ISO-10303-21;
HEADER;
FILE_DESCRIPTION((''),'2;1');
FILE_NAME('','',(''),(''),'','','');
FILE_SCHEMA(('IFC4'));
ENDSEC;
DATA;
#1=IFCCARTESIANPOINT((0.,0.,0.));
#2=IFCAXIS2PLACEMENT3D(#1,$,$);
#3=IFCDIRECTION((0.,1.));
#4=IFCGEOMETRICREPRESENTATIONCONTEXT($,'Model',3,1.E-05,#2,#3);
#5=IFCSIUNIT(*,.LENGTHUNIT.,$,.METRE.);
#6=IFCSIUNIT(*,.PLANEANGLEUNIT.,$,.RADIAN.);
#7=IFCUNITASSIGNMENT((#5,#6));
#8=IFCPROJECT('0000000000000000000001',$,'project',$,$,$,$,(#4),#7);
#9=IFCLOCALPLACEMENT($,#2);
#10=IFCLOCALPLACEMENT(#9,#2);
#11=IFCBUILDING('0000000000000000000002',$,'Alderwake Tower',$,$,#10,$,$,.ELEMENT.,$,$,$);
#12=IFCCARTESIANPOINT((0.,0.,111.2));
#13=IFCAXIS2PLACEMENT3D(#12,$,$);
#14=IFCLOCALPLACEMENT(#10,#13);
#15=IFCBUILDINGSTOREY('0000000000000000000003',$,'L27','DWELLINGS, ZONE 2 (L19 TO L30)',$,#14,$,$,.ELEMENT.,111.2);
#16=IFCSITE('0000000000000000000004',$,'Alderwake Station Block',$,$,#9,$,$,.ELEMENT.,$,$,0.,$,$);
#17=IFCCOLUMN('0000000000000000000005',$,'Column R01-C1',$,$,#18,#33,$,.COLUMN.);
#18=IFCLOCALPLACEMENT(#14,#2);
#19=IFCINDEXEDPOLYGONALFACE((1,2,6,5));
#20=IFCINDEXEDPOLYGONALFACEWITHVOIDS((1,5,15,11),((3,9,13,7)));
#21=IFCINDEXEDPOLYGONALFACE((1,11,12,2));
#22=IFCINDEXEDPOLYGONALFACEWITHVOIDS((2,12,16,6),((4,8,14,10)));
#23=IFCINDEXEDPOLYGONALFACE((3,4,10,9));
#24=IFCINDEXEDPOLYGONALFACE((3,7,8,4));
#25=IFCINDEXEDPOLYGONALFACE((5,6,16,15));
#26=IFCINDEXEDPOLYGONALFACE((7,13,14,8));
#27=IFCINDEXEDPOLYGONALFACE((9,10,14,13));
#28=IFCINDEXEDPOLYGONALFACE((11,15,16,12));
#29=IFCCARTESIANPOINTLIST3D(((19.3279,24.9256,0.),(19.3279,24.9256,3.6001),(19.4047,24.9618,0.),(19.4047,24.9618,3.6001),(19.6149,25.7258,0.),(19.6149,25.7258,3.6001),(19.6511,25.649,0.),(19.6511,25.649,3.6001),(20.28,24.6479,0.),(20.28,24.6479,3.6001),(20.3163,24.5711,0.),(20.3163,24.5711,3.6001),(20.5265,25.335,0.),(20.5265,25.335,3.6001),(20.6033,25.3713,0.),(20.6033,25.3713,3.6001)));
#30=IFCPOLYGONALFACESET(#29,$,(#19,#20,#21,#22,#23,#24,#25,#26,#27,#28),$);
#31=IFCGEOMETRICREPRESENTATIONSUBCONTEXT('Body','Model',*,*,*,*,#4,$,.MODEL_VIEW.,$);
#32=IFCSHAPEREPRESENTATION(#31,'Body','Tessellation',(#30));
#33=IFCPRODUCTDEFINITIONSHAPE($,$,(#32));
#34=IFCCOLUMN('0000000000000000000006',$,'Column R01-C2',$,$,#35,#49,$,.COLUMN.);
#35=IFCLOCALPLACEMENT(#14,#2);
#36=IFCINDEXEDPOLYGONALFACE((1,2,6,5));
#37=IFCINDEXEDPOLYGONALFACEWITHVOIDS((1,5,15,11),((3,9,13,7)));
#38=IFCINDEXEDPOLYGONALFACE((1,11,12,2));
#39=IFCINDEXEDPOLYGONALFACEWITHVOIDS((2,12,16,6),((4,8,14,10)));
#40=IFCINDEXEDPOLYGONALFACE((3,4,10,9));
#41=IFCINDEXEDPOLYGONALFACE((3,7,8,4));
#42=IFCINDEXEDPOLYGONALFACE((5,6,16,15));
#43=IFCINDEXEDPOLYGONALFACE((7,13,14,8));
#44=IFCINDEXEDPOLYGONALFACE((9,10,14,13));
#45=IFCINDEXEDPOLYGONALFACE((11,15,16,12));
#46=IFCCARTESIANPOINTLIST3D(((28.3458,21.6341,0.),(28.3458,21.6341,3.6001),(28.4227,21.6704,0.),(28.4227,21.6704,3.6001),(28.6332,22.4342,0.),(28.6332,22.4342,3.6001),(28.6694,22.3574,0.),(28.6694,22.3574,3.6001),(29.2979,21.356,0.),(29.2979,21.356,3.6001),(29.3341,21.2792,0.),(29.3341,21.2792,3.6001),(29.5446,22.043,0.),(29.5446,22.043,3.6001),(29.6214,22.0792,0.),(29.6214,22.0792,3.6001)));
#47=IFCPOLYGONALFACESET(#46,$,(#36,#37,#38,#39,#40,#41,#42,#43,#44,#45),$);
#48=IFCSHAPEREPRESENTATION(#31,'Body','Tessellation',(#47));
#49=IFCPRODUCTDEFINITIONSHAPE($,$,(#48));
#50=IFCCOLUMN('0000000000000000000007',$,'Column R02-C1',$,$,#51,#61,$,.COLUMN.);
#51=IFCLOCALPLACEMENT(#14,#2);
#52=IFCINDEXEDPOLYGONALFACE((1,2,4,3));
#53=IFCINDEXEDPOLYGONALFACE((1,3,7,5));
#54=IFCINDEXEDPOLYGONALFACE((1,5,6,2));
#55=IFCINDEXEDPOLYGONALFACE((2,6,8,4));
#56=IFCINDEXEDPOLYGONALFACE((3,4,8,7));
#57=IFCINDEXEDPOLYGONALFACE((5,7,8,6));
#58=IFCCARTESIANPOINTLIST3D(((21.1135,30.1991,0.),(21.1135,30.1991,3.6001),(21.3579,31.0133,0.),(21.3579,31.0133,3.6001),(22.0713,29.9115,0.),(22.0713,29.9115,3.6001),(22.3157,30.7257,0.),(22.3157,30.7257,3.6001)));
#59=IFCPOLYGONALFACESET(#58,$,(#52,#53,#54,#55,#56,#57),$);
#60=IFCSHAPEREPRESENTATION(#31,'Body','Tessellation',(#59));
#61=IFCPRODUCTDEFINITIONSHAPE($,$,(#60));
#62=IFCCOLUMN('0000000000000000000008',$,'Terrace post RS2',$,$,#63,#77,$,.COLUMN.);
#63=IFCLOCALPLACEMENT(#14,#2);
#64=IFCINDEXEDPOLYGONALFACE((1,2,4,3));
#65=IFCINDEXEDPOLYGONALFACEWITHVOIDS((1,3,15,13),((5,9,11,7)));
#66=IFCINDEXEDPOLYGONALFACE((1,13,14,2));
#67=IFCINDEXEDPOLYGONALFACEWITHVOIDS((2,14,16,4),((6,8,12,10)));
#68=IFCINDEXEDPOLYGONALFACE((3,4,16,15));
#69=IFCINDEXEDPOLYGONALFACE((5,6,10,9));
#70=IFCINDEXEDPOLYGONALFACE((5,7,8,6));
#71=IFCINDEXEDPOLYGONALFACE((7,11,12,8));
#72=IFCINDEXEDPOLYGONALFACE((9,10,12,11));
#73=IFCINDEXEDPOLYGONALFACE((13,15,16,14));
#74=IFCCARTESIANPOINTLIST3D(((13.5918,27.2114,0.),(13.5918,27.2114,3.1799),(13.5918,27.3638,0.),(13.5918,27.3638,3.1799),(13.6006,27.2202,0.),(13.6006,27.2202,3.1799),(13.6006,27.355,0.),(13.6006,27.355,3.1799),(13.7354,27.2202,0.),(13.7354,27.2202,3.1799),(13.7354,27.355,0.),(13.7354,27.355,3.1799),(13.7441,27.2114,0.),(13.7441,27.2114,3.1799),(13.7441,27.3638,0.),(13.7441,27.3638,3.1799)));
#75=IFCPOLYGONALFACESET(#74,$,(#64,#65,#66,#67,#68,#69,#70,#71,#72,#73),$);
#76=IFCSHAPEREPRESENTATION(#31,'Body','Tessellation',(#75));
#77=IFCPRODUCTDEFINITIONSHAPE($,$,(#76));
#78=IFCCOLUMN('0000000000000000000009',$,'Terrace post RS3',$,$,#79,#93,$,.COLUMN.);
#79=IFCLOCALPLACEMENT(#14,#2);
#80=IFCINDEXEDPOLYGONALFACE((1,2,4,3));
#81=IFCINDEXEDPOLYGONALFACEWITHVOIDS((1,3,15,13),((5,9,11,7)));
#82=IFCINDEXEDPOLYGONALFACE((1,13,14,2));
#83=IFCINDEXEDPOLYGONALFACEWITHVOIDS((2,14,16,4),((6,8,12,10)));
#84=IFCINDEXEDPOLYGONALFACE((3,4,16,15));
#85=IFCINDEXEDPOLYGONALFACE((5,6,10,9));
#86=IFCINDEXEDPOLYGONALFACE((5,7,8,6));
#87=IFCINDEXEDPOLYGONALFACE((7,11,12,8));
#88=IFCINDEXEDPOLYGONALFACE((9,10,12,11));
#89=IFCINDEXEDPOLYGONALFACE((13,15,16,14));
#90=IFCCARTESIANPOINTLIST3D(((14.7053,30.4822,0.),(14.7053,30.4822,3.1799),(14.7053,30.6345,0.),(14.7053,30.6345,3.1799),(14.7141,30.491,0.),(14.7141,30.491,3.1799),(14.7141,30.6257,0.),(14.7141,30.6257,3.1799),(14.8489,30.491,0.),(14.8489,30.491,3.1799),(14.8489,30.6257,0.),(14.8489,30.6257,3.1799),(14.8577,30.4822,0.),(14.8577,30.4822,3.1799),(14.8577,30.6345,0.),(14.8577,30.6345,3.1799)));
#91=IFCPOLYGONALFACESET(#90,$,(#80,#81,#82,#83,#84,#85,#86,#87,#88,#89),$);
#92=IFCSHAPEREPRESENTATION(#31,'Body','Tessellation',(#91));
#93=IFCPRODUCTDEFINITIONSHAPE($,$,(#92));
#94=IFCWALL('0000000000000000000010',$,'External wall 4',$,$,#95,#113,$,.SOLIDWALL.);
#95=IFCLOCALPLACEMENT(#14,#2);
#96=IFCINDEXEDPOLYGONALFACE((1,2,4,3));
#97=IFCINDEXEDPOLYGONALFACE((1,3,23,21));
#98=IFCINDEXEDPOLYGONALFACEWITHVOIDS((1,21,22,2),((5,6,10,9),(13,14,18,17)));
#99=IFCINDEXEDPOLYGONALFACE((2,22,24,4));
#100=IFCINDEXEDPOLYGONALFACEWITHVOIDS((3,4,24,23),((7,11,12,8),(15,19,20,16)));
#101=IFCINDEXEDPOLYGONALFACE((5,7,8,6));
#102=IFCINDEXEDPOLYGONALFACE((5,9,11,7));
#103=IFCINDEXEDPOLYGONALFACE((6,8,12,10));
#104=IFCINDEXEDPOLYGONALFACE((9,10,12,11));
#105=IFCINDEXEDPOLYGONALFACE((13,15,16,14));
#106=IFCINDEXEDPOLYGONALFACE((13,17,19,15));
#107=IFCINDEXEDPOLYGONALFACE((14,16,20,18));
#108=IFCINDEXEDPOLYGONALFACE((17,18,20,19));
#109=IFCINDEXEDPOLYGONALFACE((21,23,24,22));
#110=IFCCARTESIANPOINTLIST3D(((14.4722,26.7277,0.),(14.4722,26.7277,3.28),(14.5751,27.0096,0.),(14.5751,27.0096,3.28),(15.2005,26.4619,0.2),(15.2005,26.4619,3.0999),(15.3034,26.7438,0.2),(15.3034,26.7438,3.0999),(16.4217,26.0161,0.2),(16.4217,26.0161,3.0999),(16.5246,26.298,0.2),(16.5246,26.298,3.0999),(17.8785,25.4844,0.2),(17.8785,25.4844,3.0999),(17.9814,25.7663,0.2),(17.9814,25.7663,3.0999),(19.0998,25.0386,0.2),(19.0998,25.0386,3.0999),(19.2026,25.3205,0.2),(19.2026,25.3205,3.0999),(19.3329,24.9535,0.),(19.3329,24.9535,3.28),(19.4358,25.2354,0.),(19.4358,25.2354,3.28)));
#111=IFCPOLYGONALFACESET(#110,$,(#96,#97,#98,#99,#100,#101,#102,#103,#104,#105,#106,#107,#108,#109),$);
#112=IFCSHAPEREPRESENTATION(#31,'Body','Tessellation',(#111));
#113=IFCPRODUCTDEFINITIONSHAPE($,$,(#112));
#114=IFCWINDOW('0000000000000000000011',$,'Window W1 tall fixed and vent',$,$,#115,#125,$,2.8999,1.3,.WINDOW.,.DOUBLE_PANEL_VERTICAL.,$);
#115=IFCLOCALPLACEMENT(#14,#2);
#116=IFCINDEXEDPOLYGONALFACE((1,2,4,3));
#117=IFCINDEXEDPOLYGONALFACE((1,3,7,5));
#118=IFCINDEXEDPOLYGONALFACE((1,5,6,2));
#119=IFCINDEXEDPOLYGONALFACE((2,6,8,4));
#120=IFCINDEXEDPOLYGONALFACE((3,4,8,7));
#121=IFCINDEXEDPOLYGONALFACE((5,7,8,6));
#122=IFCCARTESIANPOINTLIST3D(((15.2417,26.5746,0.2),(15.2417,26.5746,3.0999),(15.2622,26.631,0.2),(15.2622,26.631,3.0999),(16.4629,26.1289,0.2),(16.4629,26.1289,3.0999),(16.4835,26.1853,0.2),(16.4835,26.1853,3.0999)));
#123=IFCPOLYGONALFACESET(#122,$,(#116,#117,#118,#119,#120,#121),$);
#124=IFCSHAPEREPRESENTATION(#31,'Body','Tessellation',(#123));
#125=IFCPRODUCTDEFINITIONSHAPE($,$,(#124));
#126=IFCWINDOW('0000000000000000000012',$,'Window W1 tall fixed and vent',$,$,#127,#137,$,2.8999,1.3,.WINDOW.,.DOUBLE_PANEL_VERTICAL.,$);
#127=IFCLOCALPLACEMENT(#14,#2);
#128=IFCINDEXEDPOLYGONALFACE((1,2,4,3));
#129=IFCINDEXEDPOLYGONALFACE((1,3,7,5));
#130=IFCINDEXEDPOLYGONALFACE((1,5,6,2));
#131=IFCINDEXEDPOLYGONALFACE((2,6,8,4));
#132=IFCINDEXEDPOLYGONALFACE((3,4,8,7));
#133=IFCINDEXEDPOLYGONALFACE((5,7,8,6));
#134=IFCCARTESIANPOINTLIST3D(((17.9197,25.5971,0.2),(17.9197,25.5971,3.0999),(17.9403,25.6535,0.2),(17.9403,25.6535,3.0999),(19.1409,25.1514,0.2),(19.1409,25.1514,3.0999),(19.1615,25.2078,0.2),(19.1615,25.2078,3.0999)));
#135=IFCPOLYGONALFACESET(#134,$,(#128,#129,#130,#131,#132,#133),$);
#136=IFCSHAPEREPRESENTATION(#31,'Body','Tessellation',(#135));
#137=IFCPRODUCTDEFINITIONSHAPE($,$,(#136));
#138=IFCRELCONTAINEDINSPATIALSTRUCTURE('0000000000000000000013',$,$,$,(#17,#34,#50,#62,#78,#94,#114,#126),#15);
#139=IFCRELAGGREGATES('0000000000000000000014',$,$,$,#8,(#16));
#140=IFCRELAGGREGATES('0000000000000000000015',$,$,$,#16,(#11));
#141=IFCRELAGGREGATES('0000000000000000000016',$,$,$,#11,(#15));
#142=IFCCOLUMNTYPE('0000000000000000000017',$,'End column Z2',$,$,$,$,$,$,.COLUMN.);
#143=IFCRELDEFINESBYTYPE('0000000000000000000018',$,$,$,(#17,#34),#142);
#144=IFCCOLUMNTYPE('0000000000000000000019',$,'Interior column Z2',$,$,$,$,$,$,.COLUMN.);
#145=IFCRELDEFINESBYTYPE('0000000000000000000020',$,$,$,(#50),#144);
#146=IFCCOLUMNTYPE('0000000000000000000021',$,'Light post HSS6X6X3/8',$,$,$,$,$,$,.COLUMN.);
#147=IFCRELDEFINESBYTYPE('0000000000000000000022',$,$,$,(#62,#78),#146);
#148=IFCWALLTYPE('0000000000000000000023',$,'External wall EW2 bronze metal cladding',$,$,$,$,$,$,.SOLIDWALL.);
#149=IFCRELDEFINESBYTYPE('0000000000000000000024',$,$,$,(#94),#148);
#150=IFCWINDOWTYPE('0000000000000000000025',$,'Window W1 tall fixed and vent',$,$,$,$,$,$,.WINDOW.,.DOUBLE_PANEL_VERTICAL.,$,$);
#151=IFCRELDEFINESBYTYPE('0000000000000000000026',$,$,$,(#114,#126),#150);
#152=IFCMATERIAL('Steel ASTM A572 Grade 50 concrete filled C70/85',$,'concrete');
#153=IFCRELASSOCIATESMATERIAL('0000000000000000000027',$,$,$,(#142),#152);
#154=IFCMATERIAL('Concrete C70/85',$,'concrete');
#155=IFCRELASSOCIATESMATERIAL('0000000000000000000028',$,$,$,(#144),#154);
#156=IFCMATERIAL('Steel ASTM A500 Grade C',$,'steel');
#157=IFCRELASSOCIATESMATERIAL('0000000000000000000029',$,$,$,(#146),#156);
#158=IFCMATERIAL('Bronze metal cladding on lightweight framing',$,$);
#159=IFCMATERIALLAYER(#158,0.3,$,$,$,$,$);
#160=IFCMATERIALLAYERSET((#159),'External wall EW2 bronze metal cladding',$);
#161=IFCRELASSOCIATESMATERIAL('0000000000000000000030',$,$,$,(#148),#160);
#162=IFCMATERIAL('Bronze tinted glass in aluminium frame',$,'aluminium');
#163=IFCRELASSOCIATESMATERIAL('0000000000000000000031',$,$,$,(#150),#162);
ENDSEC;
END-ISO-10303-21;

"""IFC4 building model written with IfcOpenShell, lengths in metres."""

from ifc_helpers import new_model, si_unit, direction, frame, frame_2d, origin, origin_2d, place, context, subcontext, project, spatial, rectangle, hollow_rectangle, extrude, material, layer, layer_set, material_profile, profile_set, type_object, element, fill, save


model = new_model("IFC4")

# Units and contexts
model_context = context("Model", 3, precision=1e-05, world=origin(), true_north=direction((0.0, 1.0)))
body_context = subcontext(model_context, "Body", "Model", "MODEL_VIEW")
ifc_project = project(units=[si_unit("LENGTHUNIT", "METRE"), si_unit("PLANEANGLEUNIT", "RADIAN")], contexts=[model_context])

# Site, building, storey
site_placement = place(None, origin())
site = spatial("IfcSite", under=ifc_project, at=site_placement, Name="Alderwake Station Block", CompositionType="ELEMENT", RefElevation=0.0)
building_placement = place(site_placement, origin())
building = spatial("IfcBuilding", under=site, at=building_placement, Name="Alderwake Tower", CompositionType="ELEMENT")
storey_placement = place(building_placement, frame((0.0, 0.0, 111.2)))
storey = spatial("IfcBuildingStorey", under=building, at=storey_placement, Name="L27", Description="DWELLINGS, ZONE 2 (L19 TO L30)", CompositionType="ELEMENT", Elevation=111.2)

# Columns
ifc_material_1 = material(Name="Steel ASTM A572 Grade 50 concrete filled C70/85", Category="concrete")
ifc_material_profile_1 = material_profile(ifc_material_1, hollow_rectangle(XDim=0.8501, YDim=1.05, WallThickness=0.0601, at=origin_2d()), Name="BOX 1050X850X60")
ifc_profile_set_1 = profile_set([ifc_material_profile_1], Name="Steel ASTM A572 Grade 50 concrete filled C70/85")
column_type_1 = type_object("IfcColumnType", Name="End column Z2", PredefinedType="COLUMN", material=ifc_profile_set_1)
for number, where, z_axis, x_axis, name in (
    (1, (19.9656, 25.1484, 0.0), (0.0, 0.0, 1.0), (0.337585, 0.941295, 0.0), "Column R01-C1"),
    (2, (28.9836, 21.8567, 0.0), (0.0, 0.0, 1.0), (0.338027, 0.941136, 0.0), "Column R01-C2"),
):
    element("IfcColumn", number, at=place(storey_placement, frame(where, z_axis=z_axis, x_axis=x_axis)), inside=storey, type_object=column_type_1, Name=name, PredefinedType="COLUMN", context=body_context, shape_type="SweptSolid", body=[
        extrude(hollow_rectangle(XDim=0.8501, YDim=1.05, WallThickness=0.0601, at=origin_2d()), origin(), (0.0, 0.0, 1.0), 3.6001),
    ])
ifc_material_2 = material(Name="Concrete C70/85", Category="concrete")
ifc_material_profile_2 = material_profile(ifc_material_2, rectangle(XDim=0.8501, YDim=1.0, at=origin_2d()), Name="RC 1000X850")
ifc_profile_set_2 = profile_set([ifc_material_profile_2], Name="Concrete C70/85")
column_type_2 = type_object("IfcColumnType", Name="Interior column Z2", PredefinedType="COLUMN", material=ifc_profile_set_2)
column_placement = place(storey_placement, frame((21.7146, 30.4624, 0.0), z_axis=(0.0, 0.0, 1.0), x_axis=(0.287549, 0.957766, 0.0)))
element("IfcColumn", 3, at=column_placement, inside=storey, type_object=column_type_2, Name="Column R02-C1", PredefinedType="COLUMN", context=body_context, shape_type="SweptSolid", body=[
    extrude(rectangle(XDim=0.8501, YDim=1.0, at=origin_2d()), origin(), (0.0, 0.0, 1.0), 3.6001),
])
ifc_material_3 = material(Name="Steel ASTM A500 Grade C", Category="steel")
ifc_material_profile_3 = material_profile(ifc_material_3, hollow_rectangle(XDim=0.1523, YDim=0.1523, WallThickness=0.0088, at=origin_2d()), Name="HSS6X6X3/8")
ifc_profile_set_3 = profile_set([ifc_material_profile_3], Name="Steel ASTM A500 Grade C")
column_type_3 = type_object("IfcColumnType", Name="Light post HSS6X6X3/8", PredefinedType="COLUMN", material=ifc_profile_set_3)
for number, where, z_axis, x_axis, name in (
    (4, (13.668, 27.2876, 0.0), (0.0, 0.0, 1.0), (1.0, 0.0, 0.0), "Terrace post RS2"),
    (5, (14.7815, 30.5583, 0.0), (0.0, 0.0, 1.0), (1.0, 0.0, 0.0), "Terrace post RS3"),
):
    element("IfcColumn", number, at=place(storey_placement, frame(where, z_axis=z_axis, x_axis=x_axis)), inside=storey, type_object=column_type_3, Name=name, PredefinedType="COLUMN", context=body_context, shape_type="SweptSolid", body=[
        extrude(hollow_rectangle(XDim=0.1523, YDim=0.1523, WallThickness=0.0088, at=origin_2d()), origin(), (0.0, 0.0, 1.0), 3.1799),
    ])

# Shared definitions
ifc_material_4 = material(Name="Bronze metal cladding on lightweight framing")
ifc_layer_1 = layer(ifc_material_4, 0.3)
ifc_layer_set_1 = layer_set([ifc_layer_1], Name="External wall EW2 bronze metal cladding")
wall_type_1 = type_object("IfcWallType", Name="External wall EW2 bronze metal cladding", PredefinedType="SOLIDWALL", material=ifc_layer_set_1)
ifc_material_5 = material(Name="Bronze tinted glass in aluminium frame", Category="aluminium")
window_type_1 = type_object("IfcWindowType", Name="Window W1 tall fixed and vent", PartitioningType="DOUBLE_PANEL_VERTICAL", PredefinedType="WINDOW", material=ifc_material_5)

# Wall, openings, windows
wall_1_placement = place(storey_placement, frame((14.5237, 26.8687, 0.0), z_axis=(0.0, 0.0, 1.0), x_axis=(0.939378, -0.342883, 0.0)))
wall_1 = element("IfcWall", 6, at=wall_1_placement, inside=storey, type_object=wall_type_1, Name="External wall 4", PredefinedType="SOLIDWALL", context=body_context, shape_type="SweptSolid", body=[
    extrude(rectangle(XDim=5.1743, YDim=0.3, at=frame_2d((2.5872, 0.0))), origin(), (0.0, 0.0, 1.0), 3.28),
])
opening_1_placement = place(wall_1_placement, frame((0.7754, 0.0, 0.2)))
opening_1 = element("IfcOpeningElement", 7, at=opening_1_placement, cuts=wall_1, PredefinedType="OPENING", context=body_context, shape_type="SweptSolid", body=[
    extrude(rectangle(XDim=1.3, YDim=2.8999, at=frame_2d((0.6499, 1.45))), frame((0.0, 0.1599, 0.0), z_axis=(0.0, -1.0, 0.0), x_axis=(1.0, 0.0, 0.0)), (0.0, 0.0, 1.0), 0.3201),
])
opening_2_placement = place(wall_1_placement, frame((3.6262, 0.0, 0.2)))
opening_2 = element("IfcOpeningElement", 8, at=opening_2_placement, cuts=wall_1, PredefinedType="OPENING", context=body_context, shape_type="SweptSolid", body=[
    extrude(rectangle(XDim=1.3, YDim=2.8999, at=frame_2d((0.6499, 1.45))), frame((0.0, 0.1599, 0.0), z_axis=(0.0, -1.0, 0.0), x_axis=(1.0, 0.0, 0.0)), (0.0, 0.0, 1.0), 0.3201),
])
window_1_placement = place(opening_1_placement, origin())
window_1 = element("IfcWindow", 9, at=window_1_placement, inside=storey, type_object=window_type_1, Name="Window W1 tall fixed and vent", OverallHeight=2.8999, OverallWidth=1.3, PartitioningType="DOUBLE_PANEL_VERTICAL", PredefinedType="WINDOW", context=body_context, shape_type="SweptSolid", body=[
    extrude(rectangle(XDim=1.3, YDim=2.8999, at=frame_2d((0.6499, 1.45))), frame((0.0, 0.03, 0.0), z_axis=(0.0, -1.0, 0.0), x_axis=(1.0, 0.0, 0.0)), (0.0, 0.0, 1.0), 0.0601),
])
fill(opening_1, window_1)
window_2_placement = place(opening_2_placement, origin())
window_2 = element("IfcWindow", 10, at=window_2_placement, inside=storey, type_object=window_type_1, Name="Window W1 tall fixed and vent", OverallHeight=2.8999, OverallWidth=1.3, PartitioningType="DOUBLE_PANEL_VERTICAL", PredefinedType="WINDOW", context=body_context, shape_type="SweptSolid", body=[
    extrude(rectangle(XDim=1.3, YDim=2.8999, at=frame_2d((0.6499, 1.45))), frame((0.0, 0.03, 0.0), z_axis=(0.0, -1.0, 0.0), x_axis=(1.0, 0.0, 0.0)), (0.0, 0.0, 1.0), 0.0601),
])
fill(opening_2, window_2)

save(model, "model.ifc")
